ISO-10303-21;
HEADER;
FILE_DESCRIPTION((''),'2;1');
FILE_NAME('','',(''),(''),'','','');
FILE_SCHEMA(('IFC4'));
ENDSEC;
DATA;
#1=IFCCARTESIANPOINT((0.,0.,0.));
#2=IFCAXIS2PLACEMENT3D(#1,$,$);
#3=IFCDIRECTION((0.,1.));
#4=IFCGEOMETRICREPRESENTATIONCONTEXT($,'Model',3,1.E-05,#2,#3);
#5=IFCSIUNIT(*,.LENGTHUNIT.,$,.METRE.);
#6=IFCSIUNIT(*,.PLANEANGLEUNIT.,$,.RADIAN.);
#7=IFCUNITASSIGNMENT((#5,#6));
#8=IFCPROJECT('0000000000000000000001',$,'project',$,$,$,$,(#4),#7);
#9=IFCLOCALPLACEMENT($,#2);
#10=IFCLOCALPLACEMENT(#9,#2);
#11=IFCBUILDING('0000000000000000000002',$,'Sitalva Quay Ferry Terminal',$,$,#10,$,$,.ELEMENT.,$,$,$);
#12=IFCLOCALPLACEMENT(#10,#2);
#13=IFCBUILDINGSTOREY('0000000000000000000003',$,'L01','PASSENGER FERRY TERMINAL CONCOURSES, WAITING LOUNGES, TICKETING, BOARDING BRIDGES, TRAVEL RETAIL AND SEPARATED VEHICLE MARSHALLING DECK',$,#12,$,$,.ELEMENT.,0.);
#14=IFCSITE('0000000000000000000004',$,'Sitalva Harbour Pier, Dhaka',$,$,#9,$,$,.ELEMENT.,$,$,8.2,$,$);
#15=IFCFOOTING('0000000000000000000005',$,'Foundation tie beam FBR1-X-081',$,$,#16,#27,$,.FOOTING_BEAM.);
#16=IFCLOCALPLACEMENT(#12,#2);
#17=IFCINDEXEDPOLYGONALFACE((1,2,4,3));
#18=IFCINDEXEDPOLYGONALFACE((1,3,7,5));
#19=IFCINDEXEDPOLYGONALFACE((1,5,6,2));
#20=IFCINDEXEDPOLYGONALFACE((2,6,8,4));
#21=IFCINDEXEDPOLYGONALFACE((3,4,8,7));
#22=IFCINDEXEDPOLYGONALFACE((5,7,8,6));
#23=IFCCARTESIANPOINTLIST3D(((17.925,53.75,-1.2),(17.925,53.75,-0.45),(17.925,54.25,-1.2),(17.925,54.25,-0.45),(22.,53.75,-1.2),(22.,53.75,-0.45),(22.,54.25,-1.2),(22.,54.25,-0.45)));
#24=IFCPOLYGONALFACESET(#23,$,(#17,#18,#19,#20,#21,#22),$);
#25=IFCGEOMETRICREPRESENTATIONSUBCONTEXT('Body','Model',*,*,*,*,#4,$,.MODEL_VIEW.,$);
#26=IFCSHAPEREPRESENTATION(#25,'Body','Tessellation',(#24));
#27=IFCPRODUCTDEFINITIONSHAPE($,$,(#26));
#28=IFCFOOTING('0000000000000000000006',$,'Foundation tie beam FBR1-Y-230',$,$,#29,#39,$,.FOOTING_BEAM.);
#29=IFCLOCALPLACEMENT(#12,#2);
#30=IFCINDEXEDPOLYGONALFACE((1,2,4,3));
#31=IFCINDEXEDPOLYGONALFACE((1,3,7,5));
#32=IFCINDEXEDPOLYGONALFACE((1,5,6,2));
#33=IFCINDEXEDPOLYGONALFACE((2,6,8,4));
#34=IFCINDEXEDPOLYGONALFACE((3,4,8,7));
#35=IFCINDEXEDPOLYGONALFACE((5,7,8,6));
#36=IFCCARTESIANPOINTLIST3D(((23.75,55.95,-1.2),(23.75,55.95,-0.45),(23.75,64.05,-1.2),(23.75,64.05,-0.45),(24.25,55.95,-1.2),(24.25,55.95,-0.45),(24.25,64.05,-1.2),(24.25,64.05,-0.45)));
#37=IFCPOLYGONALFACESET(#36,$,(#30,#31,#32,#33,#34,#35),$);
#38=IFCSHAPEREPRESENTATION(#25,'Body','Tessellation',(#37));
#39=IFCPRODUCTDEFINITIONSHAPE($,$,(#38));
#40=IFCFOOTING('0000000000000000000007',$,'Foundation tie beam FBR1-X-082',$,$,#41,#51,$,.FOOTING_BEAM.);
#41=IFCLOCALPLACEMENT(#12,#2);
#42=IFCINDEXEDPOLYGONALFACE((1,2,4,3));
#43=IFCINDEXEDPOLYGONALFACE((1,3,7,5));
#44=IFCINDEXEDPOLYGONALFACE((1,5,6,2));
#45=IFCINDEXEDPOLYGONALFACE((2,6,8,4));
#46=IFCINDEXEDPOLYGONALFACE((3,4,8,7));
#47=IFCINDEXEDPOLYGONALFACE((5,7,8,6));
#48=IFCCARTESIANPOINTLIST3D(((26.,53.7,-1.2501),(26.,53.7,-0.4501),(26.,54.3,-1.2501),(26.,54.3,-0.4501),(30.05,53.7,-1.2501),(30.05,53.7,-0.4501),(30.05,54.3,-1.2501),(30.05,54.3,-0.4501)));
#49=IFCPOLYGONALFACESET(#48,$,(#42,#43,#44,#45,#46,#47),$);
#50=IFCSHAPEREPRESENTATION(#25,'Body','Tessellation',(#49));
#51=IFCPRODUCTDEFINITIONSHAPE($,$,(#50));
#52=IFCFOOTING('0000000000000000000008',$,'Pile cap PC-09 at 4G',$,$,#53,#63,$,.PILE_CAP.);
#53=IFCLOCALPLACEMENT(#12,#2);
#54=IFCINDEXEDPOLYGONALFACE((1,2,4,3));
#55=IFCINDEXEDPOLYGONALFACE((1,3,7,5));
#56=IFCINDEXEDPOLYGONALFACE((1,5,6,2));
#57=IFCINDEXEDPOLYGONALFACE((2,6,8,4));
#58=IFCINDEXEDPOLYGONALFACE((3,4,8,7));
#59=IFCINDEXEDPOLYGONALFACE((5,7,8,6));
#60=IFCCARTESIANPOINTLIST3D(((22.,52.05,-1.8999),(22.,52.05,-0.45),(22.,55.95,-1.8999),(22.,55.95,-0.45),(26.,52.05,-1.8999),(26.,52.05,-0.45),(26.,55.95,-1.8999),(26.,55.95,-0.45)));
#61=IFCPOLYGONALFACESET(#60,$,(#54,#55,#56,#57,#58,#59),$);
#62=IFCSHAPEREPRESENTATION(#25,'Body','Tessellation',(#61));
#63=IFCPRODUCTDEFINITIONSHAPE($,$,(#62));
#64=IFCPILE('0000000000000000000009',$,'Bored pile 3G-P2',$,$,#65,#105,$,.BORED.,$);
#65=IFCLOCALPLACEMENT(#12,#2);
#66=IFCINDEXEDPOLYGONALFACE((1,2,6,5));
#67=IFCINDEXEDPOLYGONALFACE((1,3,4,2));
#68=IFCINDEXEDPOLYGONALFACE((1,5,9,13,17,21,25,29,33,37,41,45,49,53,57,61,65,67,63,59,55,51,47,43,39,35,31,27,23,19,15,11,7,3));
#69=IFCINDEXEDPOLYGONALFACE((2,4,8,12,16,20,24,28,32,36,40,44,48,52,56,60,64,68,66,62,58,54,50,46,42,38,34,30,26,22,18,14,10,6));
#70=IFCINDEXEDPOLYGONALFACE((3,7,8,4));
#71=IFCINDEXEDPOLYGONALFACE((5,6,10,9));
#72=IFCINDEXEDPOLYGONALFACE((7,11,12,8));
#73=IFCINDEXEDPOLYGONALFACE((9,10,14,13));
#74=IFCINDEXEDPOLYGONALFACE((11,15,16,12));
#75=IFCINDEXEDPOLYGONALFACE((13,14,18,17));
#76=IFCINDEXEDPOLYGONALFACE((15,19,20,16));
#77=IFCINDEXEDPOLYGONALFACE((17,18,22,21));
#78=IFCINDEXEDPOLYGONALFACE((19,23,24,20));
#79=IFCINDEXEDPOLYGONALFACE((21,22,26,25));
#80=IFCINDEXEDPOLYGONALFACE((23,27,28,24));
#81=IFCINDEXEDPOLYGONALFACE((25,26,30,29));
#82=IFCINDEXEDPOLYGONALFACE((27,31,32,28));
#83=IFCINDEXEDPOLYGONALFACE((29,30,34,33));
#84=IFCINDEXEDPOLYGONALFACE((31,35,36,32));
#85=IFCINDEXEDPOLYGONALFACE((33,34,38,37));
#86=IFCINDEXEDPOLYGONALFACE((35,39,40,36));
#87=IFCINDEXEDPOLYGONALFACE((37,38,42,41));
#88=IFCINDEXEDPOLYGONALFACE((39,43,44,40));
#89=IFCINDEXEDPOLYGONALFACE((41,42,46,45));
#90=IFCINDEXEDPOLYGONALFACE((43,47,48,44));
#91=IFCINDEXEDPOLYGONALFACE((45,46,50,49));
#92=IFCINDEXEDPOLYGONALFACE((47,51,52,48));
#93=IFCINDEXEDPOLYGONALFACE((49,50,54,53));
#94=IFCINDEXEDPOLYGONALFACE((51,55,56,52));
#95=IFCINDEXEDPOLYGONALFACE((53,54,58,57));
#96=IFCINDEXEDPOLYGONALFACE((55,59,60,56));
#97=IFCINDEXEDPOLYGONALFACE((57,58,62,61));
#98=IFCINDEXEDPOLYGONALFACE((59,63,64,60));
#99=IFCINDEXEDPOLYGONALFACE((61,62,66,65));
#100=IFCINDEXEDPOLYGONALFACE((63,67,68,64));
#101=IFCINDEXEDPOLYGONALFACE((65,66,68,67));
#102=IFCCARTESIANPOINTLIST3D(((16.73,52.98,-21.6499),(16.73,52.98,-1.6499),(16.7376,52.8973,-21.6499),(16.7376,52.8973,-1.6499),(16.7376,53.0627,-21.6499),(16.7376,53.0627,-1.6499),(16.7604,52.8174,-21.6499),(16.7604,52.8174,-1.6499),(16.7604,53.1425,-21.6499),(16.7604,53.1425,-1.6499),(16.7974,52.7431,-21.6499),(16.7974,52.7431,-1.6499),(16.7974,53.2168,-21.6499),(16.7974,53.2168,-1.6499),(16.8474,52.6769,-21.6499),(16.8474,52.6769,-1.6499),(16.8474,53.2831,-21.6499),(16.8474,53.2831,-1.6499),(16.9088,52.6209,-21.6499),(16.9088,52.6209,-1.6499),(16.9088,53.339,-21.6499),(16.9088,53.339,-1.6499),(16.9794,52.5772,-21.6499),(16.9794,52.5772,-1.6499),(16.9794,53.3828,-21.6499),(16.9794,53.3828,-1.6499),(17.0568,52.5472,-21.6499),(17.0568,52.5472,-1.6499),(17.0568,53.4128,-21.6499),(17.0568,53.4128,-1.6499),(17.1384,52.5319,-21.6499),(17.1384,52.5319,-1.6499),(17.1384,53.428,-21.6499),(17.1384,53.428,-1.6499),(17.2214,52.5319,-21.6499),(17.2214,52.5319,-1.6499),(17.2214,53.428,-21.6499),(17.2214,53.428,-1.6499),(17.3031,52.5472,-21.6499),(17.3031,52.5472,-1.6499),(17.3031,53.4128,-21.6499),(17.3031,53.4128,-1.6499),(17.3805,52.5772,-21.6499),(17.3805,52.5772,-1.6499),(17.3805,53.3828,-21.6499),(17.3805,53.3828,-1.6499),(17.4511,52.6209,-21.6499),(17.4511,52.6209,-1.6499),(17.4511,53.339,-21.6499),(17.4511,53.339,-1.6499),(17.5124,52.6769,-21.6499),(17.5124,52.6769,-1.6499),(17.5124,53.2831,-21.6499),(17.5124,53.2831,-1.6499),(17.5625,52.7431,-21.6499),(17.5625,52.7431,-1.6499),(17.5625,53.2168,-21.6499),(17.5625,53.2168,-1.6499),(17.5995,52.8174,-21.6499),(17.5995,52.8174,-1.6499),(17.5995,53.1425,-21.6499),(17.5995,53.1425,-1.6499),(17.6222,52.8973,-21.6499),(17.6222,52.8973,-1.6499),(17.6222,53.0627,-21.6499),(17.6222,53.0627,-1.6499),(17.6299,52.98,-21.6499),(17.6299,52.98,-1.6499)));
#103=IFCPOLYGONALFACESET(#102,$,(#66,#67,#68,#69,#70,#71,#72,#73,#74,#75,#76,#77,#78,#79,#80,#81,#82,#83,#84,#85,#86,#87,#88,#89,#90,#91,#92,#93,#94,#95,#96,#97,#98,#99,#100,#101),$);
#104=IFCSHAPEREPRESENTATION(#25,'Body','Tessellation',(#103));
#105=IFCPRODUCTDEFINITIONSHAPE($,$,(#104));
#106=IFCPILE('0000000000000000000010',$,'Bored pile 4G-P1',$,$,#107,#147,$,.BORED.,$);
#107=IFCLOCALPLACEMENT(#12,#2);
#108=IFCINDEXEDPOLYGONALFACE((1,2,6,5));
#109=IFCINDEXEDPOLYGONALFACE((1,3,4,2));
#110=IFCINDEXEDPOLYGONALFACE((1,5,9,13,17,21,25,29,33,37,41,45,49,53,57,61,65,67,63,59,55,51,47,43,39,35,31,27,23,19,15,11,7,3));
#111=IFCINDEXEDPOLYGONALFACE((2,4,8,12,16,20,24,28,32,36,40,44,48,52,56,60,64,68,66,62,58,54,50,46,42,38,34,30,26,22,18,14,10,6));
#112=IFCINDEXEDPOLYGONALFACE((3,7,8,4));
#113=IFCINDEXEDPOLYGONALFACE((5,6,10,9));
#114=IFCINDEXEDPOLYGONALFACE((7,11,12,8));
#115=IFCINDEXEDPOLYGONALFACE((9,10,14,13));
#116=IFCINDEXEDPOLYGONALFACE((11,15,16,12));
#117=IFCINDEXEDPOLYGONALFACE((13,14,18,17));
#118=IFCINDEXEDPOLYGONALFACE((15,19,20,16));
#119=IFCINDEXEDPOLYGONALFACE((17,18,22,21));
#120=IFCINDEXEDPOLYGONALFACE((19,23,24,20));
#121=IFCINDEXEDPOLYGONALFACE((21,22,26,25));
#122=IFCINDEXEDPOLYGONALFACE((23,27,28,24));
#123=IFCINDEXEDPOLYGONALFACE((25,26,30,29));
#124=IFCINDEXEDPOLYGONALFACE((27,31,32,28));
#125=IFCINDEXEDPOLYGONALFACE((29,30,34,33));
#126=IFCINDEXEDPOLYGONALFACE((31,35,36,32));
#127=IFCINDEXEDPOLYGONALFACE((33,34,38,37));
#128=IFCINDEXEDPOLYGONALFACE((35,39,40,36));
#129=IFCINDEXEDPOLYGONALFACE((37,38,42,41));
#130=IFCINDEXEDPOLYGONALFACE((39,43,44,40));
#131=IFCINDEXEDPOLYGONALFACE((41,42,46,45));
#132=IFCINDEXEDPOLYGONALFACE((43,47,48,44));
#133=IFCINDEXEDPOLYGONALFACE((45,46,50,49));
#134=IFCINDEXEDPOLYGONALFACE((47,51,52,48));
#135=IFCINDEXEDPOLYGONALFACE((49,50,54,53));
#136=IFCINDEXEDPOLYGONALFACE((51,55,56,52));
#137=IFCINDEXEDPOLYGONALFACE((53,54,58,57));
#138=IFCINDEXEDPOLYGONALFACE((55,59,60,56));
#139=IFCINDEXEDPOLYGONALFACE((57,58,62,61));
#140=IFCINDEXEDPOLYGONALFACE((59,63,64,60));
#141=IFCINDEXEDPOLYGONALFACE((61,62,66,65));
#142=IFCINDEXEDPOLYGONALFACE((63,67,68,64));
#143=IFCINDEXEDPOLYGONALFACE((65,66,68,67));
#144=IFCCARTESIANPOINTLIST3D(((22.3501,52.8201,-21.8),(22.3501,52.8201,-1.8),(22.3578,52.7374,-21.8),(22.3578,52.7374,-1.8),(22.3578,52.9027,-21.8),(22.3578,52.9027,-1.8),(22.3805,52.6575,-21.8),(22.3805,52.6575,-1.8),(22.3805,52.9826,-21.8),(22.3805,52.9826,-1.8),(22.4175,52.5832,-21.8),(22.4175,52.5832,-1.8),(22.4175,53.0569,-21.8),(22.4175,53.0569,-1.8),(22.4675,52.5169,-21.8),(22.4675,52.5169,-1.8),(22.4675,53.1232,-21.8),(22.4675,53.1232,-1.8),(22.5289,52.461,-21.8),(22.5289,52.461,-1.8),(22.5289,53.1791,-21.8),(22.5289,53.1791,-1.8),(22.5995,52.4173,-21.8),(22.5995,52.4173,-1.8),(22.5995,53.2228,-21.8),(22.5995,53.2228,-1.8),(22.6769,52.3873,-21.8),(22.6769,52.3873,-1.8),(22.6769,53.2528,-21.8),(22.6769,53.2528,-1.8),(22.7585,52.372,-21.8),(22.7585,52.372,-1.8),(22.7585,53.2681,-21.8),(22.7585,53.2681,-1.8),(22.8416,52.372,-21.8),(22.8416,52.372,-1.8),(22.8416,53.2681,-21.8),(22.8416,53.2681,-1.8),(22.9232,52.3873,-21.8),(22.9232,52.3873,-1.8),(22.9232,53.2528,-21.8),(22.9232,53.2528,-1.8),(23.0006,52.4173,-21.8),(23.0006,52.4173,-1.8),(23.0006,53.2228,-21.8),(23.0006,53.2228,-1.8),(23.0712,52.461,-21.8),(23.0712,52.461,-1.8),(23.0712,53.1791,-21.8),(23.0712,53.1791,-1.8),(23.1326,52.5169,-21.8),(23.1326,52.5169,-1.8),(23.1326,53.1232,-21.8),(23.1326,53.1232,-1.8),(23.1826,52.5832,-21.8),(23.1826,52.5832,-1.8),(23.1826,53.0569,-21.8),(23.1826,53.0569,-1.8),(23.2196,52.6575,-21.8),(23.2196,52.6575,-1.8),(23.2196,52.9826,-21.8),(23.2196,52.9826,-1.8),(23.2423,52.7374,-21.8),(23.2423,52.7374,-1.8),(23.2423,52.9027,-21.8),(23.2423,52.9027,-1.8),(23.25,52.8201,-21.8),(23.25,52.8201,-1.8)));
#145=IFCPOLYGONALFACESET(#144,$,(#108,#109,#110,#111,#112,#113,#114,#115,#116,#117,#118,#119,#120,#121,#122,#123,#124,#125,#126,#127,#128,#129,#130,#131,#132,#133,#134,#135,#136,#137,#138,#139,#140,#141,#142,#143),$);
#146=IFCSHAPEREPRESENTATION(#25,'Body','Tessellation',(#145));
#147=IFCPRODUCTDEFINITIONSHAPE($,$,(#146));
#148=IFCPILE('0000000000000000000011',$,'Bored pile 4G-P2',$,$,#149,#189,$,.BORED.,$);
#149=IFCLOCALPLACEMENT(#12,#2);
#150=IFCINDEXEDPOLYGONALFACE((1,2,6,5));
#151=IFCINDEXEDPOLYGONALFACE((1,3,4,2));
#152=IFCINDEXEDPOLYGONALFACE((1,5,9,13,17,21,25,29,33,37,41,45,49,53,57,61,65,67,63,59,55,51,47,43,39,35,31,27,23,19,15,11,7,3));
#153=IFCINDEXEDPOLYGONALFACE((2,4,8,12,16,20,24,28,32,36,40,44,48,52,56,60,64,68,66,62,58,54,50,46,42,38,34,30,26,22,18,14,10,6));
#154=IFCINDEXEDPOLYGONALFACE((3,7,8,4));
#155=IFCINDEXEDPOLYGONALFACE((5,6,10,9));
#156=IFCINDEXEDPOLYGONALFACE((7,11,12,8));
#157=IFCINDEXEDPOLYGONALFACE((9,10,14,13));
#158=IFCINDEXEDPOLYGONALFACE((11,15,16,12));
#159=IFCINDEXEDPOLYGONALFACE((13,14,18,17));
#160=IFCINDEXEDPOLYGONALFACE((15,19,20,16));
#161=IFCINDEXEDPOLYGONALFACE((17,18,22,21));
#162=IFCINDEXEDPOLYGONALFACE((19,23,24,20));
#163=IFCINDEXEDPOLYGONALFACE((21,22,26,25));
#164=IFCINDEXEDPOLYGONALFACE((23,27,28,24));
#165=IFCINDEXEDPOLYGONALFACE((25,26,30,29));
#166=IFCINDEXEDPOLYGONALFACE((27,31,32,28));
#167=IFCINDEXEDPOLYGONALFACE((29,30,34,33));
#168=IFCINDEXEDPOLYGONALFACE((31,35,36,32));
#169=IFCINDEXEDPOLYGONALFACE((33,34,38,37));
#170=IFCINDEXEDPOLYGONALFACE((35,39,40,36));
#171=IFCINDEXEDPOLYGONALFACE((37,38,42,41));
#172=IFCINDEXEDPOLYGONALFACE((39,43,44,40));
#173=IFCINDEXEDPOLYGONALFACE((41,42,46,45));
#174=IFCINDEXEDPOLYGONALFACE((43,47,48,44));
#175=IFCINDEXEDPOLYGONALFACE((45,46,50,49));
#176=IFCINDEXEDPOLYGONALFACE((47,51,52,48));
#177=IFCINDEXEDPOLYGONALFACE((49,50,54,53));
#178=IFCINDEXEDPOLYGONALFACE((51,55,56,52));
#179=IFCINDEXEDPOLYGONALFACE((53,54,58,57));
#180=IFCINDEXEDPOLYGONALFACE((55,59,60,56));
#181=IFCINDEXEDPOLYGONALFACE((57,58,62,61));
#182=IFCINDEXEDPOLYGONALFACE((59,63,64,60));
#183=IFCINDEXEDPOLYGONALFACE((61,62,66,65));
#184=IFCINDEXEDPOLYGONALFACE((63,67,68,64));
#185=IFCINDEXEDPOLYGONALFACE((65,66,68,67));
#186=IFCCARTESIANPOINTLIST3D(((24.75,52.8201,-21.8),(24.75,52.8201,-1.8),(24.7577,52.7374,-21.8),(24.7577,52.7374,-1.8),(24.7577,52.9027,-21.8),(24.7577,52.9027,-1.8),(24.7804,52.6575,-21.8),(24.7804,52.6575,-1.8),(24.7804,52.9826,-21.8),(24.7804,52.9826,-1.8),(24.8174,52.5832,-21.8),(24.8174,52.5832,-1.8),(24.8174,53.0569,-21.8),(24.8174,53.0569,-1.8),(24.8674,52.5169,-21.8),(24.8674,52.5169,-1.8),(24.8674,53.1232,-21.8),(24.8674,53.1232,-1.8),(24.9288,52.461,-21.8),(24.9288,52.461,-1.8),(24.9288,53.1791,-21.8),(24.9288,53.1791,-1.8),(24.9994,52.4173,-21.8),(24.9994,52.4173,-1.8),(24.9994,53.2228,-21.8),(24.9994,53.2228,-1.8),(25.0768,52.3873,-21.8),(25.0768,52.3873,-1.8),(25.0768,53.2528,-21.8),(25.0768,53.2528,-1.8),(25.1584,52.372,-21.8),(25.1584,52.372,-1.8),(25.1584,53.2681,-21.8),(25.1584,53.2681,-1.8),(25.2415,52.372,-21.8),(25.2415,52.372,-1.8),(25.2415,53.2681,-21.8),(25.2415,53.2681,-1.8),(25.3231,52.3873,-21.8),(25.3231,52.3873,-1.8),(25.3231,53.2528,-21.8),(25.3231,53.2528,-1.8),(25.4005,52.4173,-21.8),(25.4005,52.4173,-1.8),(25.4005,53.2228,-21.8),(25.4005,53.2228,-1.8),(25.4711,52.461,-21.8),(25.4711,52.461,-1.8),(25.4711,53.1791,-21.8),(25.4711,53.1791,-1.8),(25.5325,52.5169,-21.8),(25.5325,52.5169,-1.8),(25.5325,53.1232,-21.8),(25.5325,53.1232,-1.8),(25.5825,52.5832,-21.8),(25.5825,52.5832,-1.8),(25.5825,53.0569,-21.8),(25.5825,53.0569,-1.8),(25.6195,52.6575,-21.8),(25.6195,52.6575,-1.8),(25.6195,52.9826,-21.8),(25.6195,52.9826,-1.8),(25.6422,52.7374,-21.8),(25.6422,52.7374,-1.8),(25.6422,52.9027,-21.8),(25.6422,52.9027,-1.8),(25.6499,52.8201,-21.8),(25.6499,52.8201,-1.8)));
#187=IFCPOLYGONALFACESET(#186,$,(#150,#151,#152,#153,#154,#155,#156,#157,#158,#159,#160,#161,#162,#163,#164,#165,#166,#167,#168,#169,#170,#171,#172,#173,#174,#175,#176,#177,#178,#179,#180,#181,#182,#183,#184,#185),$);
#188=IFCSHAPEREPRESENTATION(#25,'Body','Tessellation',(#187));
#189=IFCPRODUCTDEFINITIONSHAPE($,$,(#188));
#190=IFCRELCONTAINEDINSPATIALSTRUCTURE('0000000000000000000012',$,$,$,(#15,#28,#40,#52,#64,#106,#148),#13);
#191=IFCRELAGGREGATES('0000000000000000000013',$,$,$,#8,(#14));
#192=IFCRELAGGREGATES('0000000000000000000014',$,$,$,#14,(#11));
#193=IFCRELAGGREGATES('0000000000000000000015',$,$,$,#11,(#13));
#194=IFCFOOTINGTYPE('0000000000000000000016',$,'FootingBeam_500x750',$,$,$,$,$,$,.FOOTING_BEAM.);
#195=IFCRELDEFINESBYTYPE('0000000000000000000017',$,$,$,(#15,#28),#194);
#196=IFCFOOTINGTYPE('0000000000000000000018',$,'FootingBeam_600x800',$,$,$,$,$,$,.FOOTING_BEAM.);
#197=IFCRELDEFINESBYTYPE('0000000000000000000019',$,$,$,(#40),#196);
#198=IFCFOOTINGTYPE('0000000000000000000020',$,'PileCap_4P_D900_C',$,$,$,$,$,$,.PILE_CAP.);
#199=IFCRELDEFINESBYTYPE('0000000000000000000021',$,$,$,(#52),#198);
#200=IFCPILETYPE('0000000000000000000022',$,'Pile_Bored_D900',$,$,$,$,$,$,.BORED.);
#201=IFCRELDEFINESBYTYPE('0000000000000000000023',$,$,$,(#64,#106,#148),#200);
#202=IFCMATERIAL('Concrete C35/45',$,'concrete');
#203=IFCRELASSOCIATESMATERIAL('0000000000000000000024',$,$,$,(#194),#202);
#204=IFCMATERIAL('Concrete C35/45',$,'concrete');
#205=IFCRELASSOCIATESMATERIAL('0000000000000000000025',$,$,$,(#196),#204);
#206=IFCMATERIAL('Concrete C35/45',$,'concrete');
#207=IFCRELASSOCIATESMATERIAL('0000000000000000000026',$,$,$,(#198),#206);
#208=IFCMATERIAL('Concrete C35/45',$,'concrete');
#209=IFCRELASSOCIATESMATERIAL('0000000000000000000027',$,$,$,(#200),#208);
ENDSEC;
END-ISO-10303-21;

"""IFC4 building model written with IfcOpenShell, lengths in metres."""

from ifc_helpers import new_model, si_unit, direction, frame, origin, origin_2d, place, context, subcontext, project, spatial, rectangle, circle, extrude, material, material_profile, profile_set, type_object, element, save


model = new_model("IFC4")

# Units and contexts
model_context = context("Model", 3, precision=1e-05, world=origin(), true_north=direction((0.0, 1.0)))
body_context = subcontext(model_context, "Body", "Model", "MODEL_VIEW")
ifc_project = project(units=[si_unit("LENGTHUNIT", "METRE"), si_unit("PLANEANGLEUNIT", "RADIAN")], contexts=[model_context])

# Site, building, storey
site_placement = place(None, origin())
site = spatial("IfcSite", under=ifc_project, at=site_placement, Name="Sitalva Harbour Pier, Dhaka", CompositionType="ELEMENT", RefElevation=8.2)
building_placement = place(site_placement, origin())
building = spatial("IfcBuilding", under=site, at=building_placement, Name="Sitalva Quay Ferry Terminal", CompositionType="ELEMENT")
storey_placement = place(building_placement, origin())
storey = spatial("IfcBuildingStorey", under=building, at=storey_placement, Name="L01", Description="PASSENGER FERRY TERMINAL CONCOURSES, WAITING LOUNGES, TICKETING, BOARDING BRIDGES, TRAVEL RETAIL AND SEPARATED VEHICLE MARSHALLING DECK", CompositionType="ELEMENT", Elevation=0.0)

# Footings
ifc_material_1 = material(Name="Concrete C35/45", Category="concrete")
ifc_material_profile_1 = material_profile(ifc_material_1, rectangle(XDim=0.5, YDim=0.75, at=origin_2d()), Name="RC500x750")
ifc_profile_set_1 = profile_set([ifc_material_profile_1], Name="Concrete C35/45")
footing_type_1 = type_object("IfcFootingType", Name="FootingBeam_500x750", PredefinedType="FOOTING_BEAM", material=ifc_profile_set_1)
footing_1_placement = place(storey_placement, frame((17.925, 54.0, -0.825), z_axis=(1.0, 0.0, 0.0), x_axis=(0.0, 1.0, 0.0)))
element("IfcFooting", 1, at=footing_1_placement, inside=storey, type_object=footing_type_1, Name="Foundation tie beam FBR1-X-081", PredefinedType="FOOTING_BEAM", context=body_context, shape_type="SweptSolid", body=[
    extrude(rectangle(XDim=0.5, YDim=0.75, at=origin_2d()), origin(), (0.0, 0.0, 1.0), 4.075),
])
footing_2_placement = place(storey_placement, frame((24.0, 55.95, -0.825), z_axis=(0.0, 1.0, 0.0), x_axis=(-1.0, 0.0, 0.0)))
element("IfcFooting", 2, at=footing_2_placement, inside=storey, type_object=footing_type_1, Name="Foundation tie beam FBR1-Y-230", PredefinedType="FOOTING_BEAM", context=body_context, shape_type="SweptSolid", body=[
    extrude(rectangle(XDim=0.5, YDim=0.75, at=origin_2d()), origin(), (0.0, 0.0, 1.0), 8.1001),
])
ifc_material_2 = material(Name="Concrete C35/45", Category="concrete")
ifc_material_profile_2 = material_profile(ifc_material_2, rectangle(XDim=0.6001, YDim=0.8, at=origin_2d()), Name="RC600x800")
ifc_profile_set_2 = profile_set([ifc_material_profile_2], Name="Concrete C35/45")
footing_type_2 = type_object("IfcFootingType", Name="FootingBeam_600x800", PredefinedType="FOOTING_BEAM", material=ifc_profile_set_2)
footing_3_placement = place(storey_placement, frame((26.0, 54.0, -0.8501), z_axis=(1.0, 0.0, 0.0), x_axis=(0.0, 1.0, 0.0)))
element("IfcFooting", 3, at=footing_3_placement, inside=storey, type_object=footing_type_2, Name="Foundation tie beam FBR1-X-082", PredefinedType="FOOTING_BEAM", context=body_context, shape_type="SweptSolid", body=[
    extrude(rectangle(XDim=0.6001, YDim=0.8, at=origin_2d()), origin(), (0.0, 0.0, 1.0), 4.05),
])
ifc_material_3 = material(Name="Concrete C35/45", Category="concrete")
footing_type_3 = type_object("IfcFootingType", Name="PileCap_4P_D900_C", PredefinedType="PILE_CAP", material=ifc_material_3)
footing_4_placement = place(storey_placement, frame((24.0, 54.0, -1.8999), z_axis=(0.0, 0.0, 1.0), x_axis=(1.0, 0.0, 0.0)))
element("IfcFooting", 4, at=footing_4_placement, inside=storey, type_object=footing_type_3, Name="Pile cap PC-09 at 4G", PredefinedType="PILE_CAP", context=body_context, shape_type="SweptSolid", body=[
    extrude(rectangle(XDim=4.0, YDim=3.8999, at=origin_2d()), origin(), (0.0, 0.0, 1.0), 1.45),
])

# Piles
ifc_material_4 = material(Name="Concrete C35/45", Category="concrete")
ifc_material_profile_3 = material_profile(ifc_material_4, circle(Radius=0.45, at=origin_2d()), Name="PILE-D900")
ifc_profile_set_3 = profile_set([ifc_material_profile_3], Name="Concrete C35/45")
pile_type = type_object("IfcPileType", Name="Pile_Bored_D900", PredefinedType="BORED", material=ifc_profile_set_3)
for number, where, z_axis, x_axis, name in (
    (5, (17.1799, 52.98, -1.6499), (0.0, 0.0, -1.0), (1.0, 0.0, 0.0), "Bored pile 3G-P2"),
    (6, (22.8, 52.8201, -1.8), (0.0, 0.0, -1.0), (1.0, 0.0, 0.0), "Bored pile 4G-P1"),
    (7, (25.2, 52.8201, -1.8), (0.0, 0.0, -1.0), (1.0, 0.0, 0.0), "Bored pile 4G-P2"),
):
    element("IfcPile", number, at=place(storey_placement, frame(where, z_axis=z_axis, x_axis=x_axis)), inside=storey, type_object=pile_type, Name=name, PredefinedType="BORED", context=body_context, shape_type="SweptSolid", body=[
        extrude(circle(Radius=0.45, at=origin_2d()), origin(), (0.0, 0.0, 1.0), 20.0),
    ])

save(model, "model.ifc")
